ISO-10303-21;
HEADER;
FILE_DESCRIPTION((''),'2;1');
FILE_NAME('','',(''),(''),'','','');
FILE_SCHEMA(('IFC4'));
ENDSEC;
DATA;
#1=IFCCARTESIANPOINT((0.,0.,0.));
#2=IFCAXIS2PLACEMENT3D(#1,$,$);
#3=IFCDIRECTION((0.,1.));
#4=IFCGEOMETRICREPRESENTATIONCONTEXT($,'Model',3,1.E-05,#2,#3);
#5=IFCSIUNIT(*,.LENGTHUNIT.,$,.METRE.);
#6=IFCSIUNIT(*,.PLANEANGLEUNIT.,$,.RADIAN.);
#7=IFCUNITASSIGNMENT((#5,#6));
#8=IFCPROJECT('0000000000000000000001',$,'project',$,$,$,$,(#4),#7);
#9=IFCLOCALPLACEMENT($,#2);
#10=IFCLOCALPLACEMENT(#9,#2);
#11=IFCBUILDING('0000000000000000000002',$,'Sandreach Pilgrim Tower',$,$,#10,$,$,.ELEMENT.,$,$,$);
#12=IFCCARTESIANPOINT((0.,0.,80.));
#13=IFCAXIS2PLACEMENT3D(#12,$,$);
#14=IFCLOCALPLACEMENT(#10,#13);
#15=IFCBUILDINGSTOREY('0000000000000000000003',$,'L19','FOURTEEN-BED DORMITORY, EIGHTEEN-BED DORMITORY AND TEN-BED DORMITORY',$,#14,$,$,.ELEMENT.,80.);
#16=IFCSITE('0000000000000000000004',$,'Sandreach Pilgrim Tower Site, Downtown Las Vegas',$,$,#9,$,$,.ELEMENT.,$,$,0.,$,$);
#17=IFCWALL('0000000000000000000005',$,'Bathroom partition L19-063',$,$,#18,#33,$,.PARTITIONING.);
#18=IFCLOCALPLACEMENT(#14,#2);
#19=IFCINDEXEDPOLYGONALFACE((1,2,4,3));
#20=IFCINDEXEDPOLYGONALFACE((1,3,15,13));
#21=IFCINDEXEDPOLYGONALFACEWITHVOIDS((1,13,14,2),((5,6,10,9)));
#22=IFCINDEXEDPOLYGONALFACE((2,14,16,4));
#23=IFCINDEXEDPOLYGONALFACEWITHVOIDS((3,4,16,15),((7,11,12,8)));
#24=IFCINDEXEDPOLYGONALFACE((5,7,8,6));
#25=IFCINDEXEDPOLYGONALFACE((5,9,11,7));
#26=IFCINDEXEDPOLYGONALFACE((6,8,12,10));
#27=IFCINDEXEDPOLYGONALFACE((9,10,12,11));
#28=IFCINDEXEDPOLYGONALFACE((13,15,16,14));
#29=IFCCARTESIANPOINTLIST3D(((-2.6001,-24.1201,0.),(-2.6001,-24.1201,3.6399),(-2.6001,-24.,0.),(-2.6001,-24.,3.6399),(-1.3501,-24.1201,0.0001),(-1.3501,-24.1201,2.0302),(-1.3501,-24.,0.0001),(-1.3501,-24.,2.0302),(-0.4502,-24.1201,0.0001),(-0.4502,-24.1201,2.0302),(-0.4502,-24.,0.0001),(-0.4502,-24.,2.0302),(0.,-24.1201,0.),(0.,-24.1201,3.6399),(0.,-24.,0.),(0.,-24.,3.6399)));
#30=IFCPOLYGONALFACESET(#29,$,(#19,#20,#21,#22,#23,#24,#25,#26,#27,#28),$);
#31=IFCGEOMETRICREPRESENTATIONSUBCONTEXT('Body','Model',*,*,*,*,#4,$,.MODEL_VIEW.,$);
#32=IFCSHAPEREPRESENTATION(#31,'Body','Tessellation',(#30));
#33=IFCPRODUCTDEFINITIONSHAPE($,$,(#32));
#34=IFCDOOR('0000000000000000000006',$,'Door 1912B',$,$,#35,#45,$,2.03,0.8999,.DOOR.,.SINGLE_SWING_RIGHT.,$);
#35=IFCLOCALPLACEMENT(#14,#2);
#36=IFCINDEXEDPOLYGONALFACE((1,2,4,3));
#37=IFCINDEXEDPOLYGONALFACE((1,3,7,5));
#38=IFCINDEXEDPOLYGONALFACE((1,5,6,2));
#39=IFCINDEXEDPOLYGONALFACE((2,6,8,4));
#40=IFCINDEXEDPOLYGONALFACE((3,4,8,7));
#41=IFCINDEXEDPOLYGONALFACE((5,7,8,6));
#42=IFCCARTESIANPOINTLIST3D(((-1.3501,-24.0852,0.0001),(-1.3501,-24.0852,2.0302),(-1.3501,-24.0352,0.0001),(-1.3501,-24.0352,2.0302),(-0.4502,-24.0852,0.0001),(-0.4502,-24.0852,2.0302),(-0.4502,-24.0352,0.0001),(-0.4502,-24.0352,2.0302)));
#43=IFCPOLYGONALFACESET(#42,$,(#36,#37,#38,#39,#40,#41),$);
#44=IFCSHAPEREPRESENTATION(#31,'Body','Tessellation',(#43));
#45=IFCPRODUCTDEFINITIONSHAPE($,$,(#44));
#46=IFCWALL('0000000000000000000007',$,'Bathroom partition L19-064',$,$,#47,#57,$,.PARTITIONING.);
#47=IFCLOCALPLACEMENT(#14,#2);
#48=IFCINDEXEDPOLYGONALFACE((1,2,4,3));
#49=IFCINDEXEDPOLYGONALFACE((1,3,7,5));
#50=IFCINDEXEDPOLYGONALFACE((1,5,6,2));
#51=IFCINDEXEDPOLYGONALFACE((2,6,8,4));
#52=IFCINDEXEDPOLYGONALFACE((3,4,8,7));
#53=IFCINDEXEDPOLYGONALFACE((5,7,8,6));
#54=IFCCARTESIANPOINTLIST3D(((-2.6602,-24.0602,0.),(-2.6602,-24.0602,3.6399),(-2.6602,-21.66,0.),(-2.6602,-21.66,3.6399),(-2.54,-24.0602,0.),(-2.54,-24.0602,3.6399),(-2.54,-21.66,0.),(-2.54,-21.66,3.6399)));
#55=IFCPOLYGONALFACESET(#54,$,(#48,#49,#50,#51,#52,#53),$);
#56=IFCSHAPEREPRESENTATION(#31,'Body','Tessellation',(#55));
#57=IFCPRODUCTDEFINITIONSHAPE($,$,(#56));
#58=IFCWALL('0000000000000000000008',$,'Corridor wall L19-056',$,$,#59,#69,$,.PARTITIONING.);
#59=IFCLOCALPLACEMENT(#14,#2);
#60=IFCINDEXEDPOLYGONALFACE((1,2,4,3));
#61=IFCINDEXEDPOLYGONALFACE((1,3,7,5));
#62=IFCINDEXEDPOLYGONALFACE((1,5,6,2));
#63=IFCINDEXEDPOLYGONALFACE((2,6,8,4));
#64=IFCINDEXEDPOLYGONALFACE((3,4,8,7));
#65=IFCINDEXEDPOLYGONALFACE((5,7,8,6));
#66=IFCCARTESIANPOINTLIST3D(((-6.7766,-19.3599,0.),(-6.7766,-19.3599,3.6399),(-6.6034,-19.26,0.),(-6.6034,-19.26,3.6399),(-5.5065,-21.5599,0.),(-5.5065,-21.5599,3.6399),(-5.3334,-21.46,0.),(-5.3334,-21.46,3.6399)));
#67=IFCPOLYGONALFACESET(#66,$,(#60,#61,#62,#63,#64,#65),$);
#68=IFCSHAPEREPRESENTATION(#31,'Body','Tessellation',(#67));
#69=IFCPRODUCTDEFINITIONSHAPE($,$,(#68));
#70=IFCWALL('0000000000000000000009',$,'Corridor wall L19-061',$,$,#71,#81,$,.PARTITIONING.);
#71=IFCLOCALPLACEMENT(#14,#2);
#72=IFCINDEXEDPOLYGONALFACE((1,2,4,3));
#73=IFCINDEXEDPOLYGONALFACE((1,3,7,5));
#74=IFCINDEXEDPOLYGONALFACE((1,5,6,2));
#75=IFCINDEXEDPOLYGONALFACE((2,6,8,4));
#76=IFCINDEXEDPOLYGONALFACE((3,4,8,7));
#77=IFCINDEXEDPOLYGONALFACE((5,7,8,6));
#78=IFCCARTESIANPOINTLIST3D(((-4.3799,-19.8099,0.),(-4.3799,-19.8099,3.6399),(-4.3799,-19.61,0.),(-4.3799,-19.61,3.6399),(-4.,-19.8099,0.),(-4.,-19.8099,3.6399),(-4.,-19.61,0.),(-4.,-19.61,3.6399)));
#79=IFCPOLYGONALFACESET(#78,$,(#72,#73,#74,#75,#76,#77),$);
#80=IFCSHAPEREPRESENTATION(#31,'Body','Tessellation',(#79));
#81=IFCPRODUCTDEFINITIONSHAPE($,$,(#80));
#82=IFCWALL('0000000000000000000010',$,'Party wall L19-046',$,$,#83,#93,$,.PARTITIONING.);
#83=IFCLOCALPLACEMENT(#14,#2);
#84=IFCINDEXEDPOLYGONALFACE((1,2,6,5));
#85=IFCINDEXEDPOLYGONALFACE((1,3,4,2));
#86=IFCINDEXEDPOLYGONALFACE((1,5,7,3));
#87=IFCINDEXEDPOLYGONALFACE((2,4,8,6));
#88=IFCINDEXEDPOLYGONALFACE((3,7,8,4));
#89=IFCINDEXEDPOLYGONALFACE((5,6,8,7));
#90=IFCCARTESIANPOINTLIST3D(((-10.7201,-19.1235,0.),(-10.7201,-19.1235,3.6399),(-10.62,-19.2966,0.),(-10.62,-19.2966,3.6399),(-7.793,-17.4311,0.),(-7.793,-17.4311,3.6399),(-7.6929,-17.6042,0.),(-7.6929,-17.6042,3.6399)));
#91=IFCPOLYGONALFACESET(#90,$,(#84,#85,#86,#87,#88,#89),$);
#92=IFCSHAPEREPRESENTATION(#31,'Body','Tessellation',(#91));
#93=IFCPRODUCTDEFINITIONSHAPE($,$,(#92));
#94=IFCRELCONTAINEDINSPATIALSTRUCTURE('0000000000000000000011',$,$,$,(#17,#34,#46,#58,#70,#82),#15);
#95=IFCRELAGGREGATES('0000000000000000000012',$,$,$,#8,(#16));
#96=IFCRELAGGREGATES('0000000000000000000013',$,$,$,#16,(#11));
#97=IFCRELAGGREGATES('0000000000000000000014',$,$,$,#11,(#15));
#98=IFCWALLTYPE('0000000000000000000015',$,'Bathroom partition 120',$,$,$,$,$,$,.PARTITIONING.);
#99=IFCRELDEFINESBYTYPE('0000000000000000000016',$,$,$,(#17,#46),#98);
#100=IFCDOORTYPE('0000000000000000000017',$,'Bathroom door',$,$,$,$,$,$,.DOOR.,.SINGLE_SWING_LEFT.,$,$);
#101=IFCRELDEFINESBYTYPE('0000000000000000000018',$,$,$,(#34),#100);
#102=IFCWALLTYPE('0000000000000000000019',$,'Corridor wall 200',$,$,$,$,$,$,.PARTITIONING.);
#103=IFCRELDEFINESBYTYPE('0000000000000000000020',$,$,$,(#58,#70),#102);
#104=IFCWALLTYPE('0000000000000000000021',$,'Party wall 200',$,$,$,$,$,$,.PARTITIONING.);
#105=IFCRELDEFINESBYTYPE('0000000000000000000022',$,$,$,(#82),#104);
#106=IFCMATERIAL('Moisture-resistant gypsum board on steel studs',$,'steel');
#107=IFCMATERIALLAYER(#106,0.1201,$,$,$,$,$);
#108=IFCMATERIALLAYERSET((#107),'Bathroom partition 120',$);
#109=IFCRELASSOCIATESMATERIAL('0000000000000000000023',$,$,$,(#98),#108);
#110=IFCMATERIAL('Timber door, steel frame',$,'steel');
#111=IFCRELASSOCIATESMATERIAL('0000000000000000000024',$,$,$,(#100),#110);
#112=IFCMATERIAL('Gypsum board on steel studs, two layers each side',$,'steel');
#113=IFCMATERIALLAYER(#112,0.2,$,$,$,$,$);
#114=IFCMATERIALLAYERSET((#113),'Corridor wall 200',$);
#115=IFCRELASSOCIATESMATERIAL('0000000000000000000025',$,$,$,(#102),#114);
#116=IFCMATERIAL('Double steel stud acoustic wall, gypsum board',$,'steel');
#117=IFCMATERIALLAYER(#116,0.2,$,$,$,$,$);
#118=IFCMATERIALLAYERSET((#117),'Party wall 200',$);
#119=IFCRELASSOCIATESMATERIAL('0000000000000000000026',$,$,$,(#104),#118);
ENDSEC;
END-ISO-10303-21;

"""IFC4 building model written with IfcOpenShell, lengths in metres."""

from ifc_helpers import new_model, si_unit, direction, frame, frame_2d, origin, place, context, subcontext, project, spatial, rectangle, extrude, material, layer, layer_set, type_object, element, fill, save


model = new_model("IFC4")

# Units and contexts
model_context = context("Model", 3, precision=1e-05, world=origin(), true_north=direction((0.0, 1.0)))
body_context = subcontext(model_context, "Body", "Model", "MODEL_VIEW")
ifc_project = project(units=[si_unit("LENGTHUNIT", "METRE"), si_unit("PLANEANGLEUNIT", "RADIAN")], contexts=[model_context])

# Site, building, storey
site_placement = place(None, origin())
site = spatial("IfcSite", under=ifc_project, at=site_placement, Name="Sandreach Pilgrim Tower Site, Downtown Las Vegas", CompositionType="ELEMENT", RefElevation=0.0)
building_placement = place(site_placement, origin())
building = spatial("IfcBuilding", under=site, at=building_placement, Name="Sandreach Pilgrim Tower", CompositionType="ELEMENT")
storey_placement = place(building_placement, frame((0.0, 0.0, 80.0)))
storey = spatial("IfcBuildingStorey", under=building, at=storey_placement, Name="L19", Description="FOURTEEN-BED DORMITORY, EIGHTEEN-BED DORMITORY AND TEN-BED DORMITORY", CompositionType="ELEMENT", Elevation=80.0)

# Wall, opening, door
ifc_material_1 = material(Name="Moisture-resistant gypsum board on steel studs", Category="steel")
ifc_layer_1 = layer(ifc_material_1, 0.1201)
ifc_layer_set_1 = layer_set([ifc_layer_1], Name="Bathroom partition 120")
wall_type_1 = type_object("IfcWallType", Name="Bathroom partition 120", PredefinedType="PARTITIONING", material=ifc_layer_set_1)
ifc_material_2 = material(Name="Timber door, steel frame", Category="steel")
door_type_1 = type_object("IfcDoorType", Name="Bathroom door", OperationType="SINGLE_SWING_LEFT", PredefinedType="DOOR", material=ifc_material_2)
wall_1_placement = place(storey_placement, frame((-2.6001, -24.0601, 0.0), z_axis=(0.0, 0.0, 1.0), x_axis=(1.0, 0.0, 0.0)))
wall_1 = element("IfcWall", 1, at=wall_1_placement, inside=storey, type_object=wall_type_1, Name="Bathroom partition L19-063", PredefinedType="PARTITIONING", context=body_context, shape_type="SweptSolid", body=[
    extrude(rectangle(XDim=2.6001, YDim=0.1201, at=frame_2d((1.3, 0.0))), origin(), (0.0, 0.0, 1.0), 3.6399),
])
opening_1_placement = place(wall_1_placement, frame((1.25, 0.0, 0.0)))
opening_1 = element("IfcOpeningElement", 2, at=opening_1_placement, cuts=wall_1, PredefinedType="OPENING", context=body_context, shape_type="SweptSolid", body=[
    extrude(rectangle(XDim=0.8999, YDim=2.03, at=frame_2d((0.45, 1.0151))), frame((0.0, 0.0601, 0.0), z_axis=(0.0, -1.0, 0.0), x_axis=(1.0, 0.0, 0.0)), (0.0, 0.0, 1.0), 0.1201),
])
door_1_placement = place(opening_1_placement, origin())
door_1 = element("IfcDoor", 3, at=door_1_placement, inside=storey, type_object=door_type_1, Name="Door 1912B", OperationType="SINGLE_SWING_RIGHT", OverallHeight=2.03, OverallWidth=0.8999, PredefinedType="DOOR", context=body_context, shape_type="SweptSolid", body=[
    extrude(rectangle(XDim=0.8999, YDim=2.03, at=frame_2d((0.45, 1.0151))), frame((0.0, 0.0249, 0.0), z_axis=(0.0, -1.0, 0.0), x_axis=(1.0, 0.0, 0.0)), (0.0, 0.0, 1.0), 0.05),
])
fill(opening_1, door_1)

# Wall
wall_2_placement = place(storey_placement, frame((-2.6001, -21.6599, 0.0), z_axis=(0.0, 0.0, 1.0), x_axis=(0.0, -1.0, 0.0)))
element("IfcWall", 4, at=wall_2_placement, inside=storey, type_object=wall_type_1, Name="Bathroom partition L19-064", PredefinedType="PARTITIONING", context=body_context, shape_type="SweptSolid", body=[
    extrude(rectangle(XDim=2.4001, YDim=0.1201, at=frame_2d((1.2002, 0.0))), origin(), (0.0, 0.0, 1.0), 3.6399),
])

# Shared definitions
ifc_material_3 = material(Name="Gypsum board on steel studs, two layers each side", Category="steel")
ifc_layer_2 = layer(ifc_material_3, 0.2)
ifc_layer_set_2 = layer_set([ifc_layer_2], Name="Corridor wall 200")
wall_type_2 = type_object("IfcWallType", Name="Corridor wall 200", PredefinedType="PARTITIONING", material=ifc_layer_set_2)

# Wall
wall_3_placement = place(storey_placement, frame((-6.6899, -19.3101, 0.0), z_axis=(0.0, 0.0, 1.0), x_axis=(0.499964, -0.866046, 0.0)))
element("IfcWall", 5, at=wall_3_placement, inside=storey, type_object=wall_type_2, Name="Corridor wall L19-056", PredefinedType="PARTITIONING", context=body_context, shape_type="SweptSolid", body=[
    extrude(rectangle(XDim=2.5403, YDim=0.2, at=frame_2d((1.27, 0.0))), origin(), (0.0, 0.0, 1.0), 3.6399),
])

# Walls
wall_4_placement = place(storey_placement, frame((-4.0, -19.71, 0.0), z_axis=(0.0, 0.0, 1.0), x_axis=(-1.0, 0.0, 0.0)))
element("IfcWall", 6, at=wall_4_placement, inside=storey, type_object=wall_type_2, Name="Corridor wall L19-061", PredefinedType="PARTITIONING", context=body_context, shape_type="SweptSolid", body=[
    extrude(rectangle(XDim=0.3799, YDim=0.2, at=frame_2d((0.1899, 0.0))), origin(), (0.0, 0.0, 1.0), 3.6399),
])
ifc_material_4 = material(Name="Double steel stud acoustic wall, gypsum board", Category="steel")
ifc_layer_3 = layer(ifc_material_4, 0.2)
ifc_layer_set_3 = layer_set([ifc_layer_3], Name="Party wall 200")
wall_type_3 = type_object("IfcWallType", Name="Party wall 200", PredefinedType="PARTITIONING", material=ifc_layer_set_3)
wall_5_placement = place(storey_placement, frame((-10.6699, -19.21, 0.0), z_axis=(0.0, 0.0, 1.0), x_axis=(0.865708, 0.500549, 0.0)))
element("IfcWall", 7, at=wall_5_placement, inside=storey, type_object=wall_type_3, Name="Party wall L19-046", PredefinedType="PARTITIONING", context=body_context, shape_type="SweptSolid", body=[
    extrude(rectangle(XDim=3.3811, YDim=0.2, at=frame_2d((1.6904, 0.0))), origin(), (0.0, 0.0, 1.0), 3.6399),
])

save(model, "model.ifc")
